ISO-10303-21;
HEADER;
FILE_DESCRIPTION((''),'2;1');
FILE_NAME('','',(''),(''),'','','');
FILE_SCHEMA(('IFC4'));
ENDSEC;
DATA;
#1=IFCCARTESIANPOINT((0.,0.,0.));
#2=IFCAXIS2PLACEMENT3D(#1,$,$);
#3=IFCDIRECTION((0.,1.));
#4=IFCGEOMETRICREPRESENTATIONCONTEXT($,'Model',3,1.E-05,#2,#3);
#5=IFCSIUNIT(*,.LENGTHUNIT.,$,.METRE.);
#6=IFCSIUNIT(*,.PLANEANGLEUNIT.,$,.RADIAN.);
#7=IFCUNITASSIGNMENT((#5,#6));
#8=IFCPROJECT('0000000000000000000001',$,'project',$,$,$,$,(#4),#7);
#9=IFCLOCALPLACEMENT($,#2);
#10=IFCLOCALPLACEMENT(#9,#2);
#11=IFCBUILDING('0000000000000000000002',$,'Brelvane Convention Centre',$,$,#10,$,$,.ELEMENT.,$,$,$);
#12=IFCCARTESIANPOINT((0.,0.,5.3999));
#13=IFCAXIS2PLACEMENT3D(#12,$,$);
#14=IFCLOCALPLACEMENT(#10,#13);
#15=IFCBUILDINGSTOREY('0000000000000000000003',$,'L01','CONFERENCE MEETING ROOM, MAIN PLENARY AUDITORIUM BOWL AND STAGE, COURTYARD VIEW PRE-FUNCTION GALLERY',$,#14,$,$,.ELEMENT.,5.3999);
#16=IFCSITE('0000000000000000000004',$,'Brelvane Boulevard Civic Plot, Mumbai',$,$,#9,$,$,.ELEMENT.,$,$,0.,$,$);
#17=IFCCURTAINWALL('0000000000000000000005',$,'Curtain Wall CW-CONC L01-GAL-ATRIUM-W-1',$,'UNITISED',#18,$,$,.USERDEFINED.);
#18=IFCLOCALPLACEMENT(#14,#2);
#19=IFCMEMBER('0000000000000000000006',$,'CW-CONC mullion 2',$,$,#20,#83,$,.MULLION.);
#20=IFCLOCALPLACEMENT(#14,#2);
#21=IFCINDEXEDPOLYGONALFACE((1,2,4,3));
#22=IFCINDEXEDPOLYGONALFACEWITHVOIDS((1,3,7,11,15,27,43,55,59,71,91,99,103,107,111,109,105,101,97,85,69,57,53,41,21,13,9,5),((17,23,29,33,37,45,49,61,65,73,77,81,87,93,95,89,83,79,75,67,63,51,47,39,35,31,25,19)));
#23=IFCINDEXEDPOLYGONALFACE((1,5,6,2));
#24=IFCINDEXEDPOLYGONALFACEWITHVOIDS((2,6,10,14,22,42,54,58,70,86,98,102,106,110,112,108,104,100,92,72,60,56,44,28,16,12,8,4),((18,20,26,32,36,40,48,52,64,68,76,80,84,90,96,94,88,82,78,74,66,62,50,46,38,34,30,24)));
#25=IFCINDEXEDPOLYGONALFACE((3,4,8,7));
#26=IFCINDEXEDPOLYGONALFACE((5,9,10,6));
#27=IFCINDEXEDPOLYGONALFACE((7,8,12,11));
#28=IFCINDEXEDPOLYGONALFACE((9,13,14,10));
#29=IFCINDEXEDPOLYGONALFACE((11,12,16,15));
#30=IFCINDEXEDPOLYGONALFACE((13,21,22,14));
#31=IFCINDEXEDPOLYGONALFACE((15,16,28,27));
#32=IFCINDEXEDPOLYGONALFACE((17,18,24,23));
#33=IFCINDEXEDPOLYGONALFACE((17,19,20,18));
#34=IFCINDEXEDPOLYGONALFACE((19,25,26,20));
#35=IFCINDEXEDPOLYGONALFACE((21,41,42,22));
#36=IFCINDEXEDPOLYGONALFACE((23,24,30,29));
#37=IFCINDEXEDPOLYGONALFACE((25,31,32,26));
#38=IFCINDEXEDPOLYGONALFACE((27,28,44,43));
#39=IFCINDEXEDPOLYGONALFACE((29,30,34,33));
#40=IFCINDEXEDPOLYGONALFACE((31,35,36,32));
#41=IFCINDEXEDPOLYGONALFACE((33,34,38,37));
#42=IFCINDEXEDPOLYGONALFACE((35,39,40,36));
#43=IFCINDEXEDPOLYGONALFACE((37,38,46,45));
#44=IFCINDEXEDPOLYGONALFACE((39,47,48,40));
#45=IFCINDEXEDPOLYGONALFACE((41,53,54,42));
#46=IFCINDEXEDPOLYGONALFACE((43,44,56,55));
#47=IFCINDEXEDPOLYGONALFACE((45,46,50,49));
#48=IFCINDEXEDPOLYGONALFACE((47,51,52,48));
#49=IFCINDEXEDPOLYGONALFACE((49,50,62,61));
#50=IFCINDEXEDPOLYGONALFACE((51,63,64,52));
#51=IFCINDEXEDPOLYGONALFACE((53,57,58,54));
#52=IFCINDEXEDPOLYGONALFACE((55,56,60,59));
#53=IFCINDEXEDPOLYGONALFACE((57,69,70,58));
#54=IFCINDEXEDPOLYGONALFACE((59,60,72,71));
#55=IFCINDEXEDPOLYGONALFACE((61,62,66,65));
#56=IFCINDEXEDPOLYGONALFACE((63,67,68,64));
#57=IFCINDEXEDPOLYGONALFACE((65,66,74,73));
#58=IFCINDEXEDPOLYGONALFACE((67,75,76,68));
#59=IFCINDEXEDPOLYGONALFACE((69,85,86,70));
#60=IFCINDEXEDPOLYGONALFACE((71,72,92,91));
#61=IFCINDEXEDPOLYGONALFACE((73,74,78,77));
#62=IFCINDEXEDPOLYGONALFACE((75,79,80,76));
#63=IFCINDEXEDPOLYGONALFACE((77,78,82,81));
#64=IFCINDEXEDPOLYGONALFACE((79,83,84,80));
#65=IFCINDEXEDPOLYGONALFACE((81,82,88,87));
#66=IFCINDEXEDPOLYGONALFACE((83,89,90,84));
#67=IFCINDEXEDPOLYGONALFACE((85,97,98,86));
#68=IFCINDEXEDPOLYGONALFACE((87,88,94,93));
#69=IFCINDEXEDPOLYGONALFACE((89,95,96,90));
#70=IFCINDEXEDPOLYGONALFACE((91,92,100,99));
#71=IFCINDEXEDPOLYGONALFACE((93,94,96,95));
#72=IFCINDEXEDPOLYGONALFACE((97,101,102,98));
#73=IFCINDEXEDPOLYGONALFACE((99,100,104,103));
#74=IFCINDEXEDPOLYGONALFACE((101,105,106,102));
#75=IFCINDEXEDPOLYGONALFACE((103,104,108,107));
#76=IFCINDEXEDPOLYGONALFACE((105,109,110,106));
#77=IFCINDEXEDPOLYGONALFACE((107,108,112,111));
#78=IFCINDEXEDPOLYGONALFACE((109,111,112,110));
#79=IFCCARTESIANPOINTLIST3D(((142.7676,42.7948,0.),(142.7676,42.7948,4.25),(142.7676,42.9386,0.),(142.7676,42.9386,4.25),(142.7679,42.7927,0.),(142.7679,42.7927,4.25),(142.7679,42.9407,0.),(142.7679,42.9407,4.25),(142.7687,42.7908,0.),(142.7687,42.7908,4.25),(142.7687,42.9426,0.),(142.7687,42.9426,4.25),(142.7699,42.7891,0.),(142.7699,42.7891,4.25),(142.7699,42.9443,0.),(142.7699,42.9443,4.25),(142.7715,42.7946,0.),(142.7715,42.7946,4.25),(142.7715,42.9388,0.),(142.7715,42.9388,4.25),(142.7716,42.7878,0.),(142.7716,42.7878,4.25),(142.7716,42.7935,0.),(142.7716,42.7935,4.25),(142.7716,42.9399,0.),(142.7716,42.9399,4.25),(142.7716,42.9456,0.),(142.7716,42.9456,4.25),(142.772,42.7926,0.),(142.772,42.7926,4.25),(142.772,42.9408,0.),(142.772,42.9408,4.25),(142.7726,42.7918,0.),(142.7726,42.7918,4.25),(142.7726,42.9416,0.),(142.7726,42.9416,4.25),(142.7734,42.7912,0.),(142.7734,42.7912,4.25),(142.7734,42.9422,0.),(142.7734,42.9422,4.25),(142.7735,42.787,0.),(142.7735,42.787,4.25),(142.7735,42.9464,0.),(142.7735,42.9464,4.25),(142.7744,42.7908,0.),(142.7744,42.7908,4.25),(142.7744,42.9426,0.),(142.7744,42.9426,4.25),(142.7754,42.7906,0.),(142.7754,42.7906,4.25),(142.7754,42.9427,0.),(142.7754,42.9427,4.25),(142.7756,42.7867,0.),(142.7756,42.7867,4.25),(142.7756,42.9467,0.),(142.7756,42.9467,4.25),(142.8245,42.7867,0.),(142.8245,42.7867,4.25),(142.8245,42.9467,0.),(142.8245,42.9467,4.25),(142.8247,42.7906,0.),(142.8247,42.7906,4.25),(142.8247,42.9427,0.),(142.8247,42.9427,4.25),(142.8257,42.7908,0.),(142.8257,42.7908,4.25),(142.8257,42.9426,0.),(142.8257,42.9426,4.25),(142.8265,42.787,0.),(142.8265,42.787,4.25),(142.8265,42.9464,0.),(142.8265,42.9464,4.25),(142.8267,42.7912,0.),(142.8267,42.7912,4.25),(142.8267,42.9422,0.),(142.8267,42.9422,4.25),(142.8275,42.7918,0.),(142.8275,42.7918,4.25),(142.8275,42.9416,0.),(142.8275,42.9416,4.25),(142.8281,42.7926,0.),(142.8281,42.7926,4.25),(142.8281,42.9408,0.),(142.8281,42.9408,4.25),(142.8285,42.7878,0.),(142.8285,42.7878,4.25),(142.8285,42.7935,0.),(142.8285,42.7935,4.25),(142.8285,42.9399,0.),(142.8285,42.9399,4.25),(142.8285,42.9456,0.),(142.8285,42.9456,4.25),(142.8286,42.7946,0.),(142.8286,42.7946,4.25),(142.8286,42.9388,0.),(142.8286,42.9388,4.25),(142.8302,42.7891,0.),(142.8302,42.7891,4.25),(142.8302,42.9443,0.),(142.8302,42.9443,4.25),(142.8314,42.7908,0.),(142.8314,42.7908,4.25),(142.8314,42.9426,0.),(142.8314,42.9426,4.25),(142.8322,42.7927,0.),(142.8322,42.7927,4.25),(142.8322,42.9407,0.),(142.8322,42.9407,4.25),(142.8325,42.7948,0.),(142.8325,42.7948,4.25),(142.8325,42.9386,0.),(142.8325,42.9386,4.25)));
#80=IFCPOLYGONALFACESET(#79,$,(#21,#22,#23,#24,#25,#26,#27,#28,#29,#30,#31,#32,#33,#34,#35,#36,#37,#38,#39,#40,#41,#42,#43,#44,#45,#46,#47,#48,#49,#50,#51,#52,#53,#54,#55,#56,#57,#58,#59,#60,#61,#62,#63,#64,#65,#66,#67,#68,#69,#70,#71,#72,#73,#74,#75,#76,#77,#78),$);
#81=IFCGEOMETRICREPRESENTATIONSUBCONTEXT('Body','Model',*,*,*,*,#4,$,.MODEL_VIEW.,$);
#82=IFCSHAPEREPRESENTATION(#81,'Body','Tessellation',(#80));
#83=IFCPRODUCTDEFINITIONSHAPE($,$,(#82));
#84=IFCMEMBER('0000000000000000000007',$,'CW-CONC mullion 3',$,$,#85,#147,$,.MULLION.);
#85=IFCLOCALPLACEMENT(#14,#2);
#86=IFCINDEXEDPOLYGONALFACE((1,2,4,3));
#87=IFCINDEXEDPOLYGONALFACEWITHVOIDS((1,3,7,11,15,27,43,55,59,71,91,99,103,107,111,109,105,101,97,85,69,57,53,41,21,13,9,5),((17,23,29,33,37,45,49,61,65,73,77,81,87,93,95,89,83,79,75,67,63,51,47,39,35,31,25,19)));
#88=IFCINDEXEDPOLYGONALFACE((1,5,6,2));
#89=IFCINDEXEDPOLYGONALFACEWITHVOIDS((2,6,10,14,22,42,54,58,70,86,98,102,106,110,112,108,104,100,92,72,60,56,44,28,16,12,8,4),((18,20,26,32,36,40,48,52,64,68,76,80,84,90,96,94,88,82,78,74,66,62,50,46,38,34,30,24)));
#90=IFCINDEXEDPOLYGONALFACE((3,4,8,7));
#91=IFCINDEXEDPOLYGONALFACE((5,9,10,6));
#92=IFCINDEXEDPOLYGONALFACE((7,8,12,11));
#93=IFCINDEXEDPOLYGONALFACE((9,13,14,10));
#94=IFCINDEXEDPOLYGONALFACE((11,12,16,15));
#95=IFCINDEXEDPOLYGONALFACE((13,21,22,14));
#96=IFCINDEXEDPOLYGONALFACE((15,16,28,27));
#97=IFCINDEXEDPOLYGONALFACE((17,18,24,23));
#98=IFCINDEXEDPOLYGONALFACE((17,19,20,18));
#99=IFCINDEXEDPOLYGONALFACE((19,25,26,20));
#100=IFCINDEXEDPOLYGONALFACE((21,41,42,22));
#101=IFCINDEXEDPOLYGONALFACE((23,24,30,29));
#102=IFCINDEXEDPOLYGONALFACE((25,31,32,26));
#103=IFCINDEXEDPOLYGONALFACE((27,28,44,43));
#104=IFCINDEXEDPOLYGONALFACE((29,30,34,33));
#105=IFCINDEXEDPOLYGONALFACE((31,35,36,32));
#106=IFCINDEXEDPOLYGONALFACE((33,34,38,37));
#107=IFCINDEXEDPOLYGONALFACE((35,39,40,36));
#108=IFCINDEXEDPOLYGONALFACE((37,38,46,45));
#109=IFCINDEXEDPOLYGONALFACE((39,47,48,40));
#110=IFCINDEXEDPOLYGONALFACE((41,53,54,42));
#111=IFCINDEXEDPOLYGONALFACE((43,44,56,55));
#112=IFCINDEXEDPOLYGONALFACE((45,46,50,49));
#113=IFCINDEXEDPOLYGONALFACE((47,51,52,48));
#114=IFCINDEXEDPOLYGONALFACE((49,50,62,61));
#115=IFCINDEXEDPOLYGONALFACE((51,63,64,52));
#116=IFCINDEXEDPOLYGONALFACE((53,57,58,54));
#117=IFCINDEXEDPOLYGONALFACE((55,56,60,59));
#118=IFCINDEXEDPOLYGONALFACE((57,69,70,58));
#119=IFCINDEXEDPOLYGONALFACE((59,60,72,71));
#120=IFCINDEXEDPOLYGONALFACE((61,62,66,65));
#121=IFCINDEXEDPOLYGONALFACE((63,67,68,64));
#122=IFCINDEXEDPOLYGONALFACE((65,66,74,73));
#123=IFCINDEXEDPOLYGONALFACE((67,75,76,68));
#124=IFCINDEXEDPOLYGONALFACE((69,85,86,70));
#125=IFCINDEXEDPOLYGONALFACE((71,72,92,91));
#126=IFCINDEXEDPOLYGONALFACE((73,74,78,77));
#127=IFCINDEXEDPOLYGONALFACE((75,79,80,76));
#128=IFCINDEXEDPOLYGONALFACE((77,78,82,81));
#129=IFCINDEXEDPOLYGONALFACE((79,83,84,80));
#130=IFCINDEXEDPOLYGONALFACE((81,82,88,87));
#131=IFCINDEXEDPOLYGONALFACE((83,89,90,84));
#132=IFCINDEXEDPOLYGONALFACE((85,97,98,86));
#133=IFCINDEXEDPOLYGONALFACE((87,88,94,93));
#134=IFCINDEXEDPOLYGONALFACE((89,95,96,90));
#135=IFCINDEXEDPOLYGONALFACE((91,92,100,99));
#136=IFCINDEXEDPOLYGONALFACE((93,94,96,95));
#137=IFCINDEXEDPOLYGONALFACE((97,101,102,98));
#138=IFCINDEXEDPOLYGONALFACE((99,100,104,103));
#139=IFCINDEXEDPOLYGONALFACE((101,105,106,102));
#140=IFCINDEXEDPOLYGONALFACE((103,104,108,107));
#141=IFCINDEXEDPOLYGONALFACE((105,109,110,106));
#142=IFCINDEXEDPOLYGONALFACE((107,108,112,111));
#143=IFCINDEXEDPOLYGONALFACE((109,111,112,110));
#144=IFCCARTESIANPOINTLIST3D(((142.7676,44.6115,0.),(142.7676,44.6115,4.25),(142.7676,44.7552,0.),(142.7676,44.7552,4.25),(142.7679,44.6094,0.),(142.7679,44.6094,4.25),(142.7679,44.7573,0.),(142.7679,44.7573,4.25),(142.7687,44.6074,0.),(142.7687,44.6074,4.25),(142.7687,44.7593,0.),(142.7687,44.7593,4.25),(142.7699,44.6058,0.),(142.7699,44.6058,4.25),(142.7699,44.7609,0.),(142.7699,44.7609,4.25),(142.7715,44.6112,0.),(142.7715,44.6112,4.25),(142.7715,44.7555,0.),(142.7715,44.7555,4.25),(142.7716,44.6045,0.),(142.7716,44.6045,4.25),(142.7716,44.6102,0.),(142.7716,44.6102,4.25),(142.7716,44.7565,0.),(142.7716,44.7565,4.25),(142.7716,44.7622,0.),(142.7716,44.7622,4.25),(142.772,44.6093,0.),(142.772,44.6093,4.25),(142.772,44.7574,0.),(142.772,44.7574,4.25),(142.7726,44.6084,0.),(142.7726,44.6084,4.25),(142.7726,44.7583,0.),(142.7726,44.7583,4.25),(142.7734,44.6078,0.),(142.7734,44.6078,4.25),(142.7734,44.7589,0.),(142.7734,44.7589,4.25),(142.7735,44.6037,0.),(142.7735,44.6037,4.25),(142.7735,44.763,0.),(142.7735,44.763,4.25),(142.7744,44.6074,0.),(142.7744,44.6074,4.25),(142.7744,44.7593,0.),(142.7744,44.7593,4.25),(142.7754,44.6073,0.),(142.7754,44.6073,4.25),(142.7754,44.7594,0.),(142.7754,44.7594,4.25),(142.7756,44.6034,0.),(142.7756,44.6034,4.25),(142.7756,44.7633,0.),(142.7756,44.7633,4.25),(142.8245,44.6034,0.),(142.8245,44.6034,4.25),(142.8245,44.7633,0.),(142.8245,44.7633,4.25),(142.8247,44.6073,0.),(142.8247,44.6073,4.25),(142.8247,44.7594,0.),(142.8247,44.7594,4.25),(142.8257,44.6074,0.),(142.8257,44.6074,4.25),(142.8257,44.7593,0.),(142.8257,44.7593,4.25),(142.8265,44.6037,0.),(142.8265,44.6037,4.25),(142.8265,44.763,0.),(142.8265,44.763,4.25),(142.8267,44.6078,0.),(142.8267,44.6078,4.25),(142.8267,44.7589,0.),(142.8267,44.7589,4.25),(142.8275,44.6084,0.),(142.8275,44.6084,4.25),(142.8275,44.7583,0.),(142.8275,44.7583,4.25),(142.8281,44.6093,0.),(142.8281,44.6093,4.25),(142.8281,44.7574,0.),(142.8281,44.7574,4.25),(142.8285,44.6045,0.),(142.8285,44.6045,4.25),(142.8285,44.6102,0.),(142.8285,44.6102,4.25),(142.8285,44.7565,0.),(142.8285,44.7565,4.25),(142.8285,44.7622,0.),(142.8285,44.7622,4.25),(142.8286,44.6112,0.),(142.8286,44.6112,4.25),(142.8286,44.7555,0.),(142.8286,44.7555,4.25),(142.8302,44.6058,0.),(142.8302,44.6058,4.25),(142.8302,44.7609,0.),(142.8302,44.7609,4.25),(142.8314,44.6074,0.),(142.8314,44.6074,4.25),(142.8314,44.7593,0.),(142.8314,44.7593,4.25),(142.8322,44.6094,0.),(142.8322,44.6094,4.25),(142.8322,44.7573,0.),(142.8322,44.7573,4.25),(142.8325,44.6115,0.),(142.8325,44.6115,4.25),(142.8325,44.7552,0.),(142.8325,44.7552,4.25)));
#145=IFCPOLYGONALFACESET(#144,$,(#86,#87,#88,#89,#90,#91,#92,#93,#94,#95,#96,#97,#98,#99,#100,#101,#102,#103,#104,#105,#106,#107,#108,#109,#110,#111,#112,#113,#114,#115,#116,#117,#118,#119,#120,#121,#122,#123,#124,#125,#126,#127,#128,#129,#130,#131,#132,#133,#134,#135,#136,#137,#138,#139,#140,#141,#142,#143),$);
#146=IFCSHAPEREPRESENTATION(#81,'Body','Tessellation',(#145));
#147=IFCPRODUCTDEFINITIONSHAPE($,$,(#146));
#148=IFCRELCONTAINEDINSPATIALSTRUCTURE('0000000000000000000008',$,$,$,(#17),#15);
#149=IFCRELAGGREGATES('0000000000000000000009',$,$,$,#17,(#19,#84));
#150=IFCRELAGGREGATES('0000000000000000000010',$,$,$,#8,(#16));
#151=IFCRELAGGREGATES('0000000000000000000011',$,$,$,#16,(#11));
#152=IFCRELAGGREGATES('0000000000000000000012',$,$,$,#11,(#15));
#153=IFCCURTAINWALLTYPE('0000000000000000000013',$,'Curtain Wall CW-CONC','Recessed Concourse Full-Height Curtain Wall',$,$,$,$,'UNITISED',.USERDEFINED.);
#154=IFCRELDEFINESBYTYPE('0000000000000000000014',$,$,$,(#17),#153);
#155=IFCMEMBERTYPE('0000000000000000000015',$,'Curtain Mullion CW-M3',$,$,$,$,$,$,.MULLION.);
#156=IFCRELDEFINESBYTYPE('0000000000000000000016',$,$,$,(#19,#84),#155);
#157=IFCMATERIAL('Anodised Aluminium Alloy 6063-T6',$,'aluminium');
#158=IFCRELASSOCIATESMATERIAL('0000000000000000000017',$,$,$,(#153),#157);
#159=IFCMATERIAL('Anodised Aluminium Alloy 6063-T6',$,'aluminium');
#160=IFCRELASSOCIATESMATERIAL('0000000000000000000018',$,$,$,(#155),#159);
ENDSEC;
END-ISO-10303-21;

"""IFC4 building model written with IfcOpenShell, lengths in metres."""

from ifc_helpers import new_model, si_unit, direction, frame, origin, origin_2d, place, context, subcontext, project, spatial, hollow_rectangle, extrude, material, material_profile, profile_set, type_object, element, aggregate, save


model = new_model("IFC4")

# Units and contexts
model_context = context("Model", 3, precision=1e-05, world=origin(), true_north=direction((0.0, 1.0)))
body_context = subcontext(model_context, "Body", "Model", "MODEL_VIEW")
ifc_project = project(units=[si_unit("LENGTHUNIT", "METRE"), si_unit("PLANEANGLEUNIT", "RADIAN")], contexts=[model_context])

# Site, building, storey
site_placement = place(None, origin())
site = spatial("IfcSite", under=ifc_project, at=site_placement, Name="Brelvane Boulevard Civic Plot, Mumbai", CompositionType="ELEMENT", RefElevation=0.0)
building_placement = place(site_placement, origin())
building = spatial("IfcBuilding", under=site, at=building_placement, Name="Brelvane Convention Centre", CompositionType="ELEMENT")
storey_placement = place(building_placement, frame((0.0, 0.0, 5.3999)))
storey = spatial("IfcBuildingStorey", under=building, at=storey_placement, Name="L01", Description="CONFERENCE MEETING ROOM, MAIN PLENARY AUDITORIUM BOWL AND STAGE, COURTYARD VIEW PRE-FUNCTION GALLERY", CompositionType="ELEMENT", Elevation=5.3999)

# Curtain wall, members
ifc_material_1 = material(Name="Anodised Aluminium Alloy 6063-T6", Category="aluminium")
curtain_wall_type = type_object("IfcCurtainWallType", Name="Curtain Wall CW-CONC", Description="Recessed Concourse Full-Height Curtain Wall", ElementType="UNITISED", PredefinedType="USERDEFINED", material=ifc_material_1)
curtain_wall_placement = place(storey_placement, origin())
curtain_wall = element("IfcCurtainWall", 1, at=curtain_wall_placement, inside=storey, type_object=curtain_wall_type, Name="Curtain Wall CW-CONC L01-GAL-ATRIUM-W-1", ObjectType="UNITISED", PredefinedType="USERDEFINED")
ifc_material_2 = material(Name="Anodised Aluminium Alloy 6063-T6", Category="aluminium")
ifc_material_profile_1 = material_profile(ifc_material_2, hollow_rectangle(XDim=0.0649, YDim=0.1599, WallThickness=0.0039, InnerFilletRadius=0.0039, OuterFilletRadius=0.0081, at=origin_2d()), Name="ALU-M 160x65x4.0")
ifc_profile_set_1 = profile_set([ifc_material_profile_1], Name="Anodised Aluminium Alloy 6063-T6")
member_type_1 = type_object("IfcMemberType", Name="Curtain Mullion CW-M3", PredefinedType="MULLION", material=ifc_profile_set_1)
member_1_placement = place(storey_placement, frame((142.8, 42.8667, 0.0), z_axis=(0.0, 0.0, 1.0), x_axis=(-1.0, 0.0, 0.0)))
member_1 = element("IfcMember", 2, at=member_1_placement, type_object=member_type_1, Name="CW-CONC mullion 2", PredefinedType="MULLION", context=body_context, shape_type="SweptSolid", body=[
    extrude(hollow_rectangle(XDim=0.0649, YDim=0.1599, WallThickness=0.0039, InnerFilletRadius=0.0039, OuterFilletRadius=0.0081, at=origin_2d()), origin(), (0.0, 0.0, 1.0), 4.25),
])
member_2_placement = place(storey_placement, frame((142.8, 44.6833, 0.0), z_axis=(0.0, 0.0, 1.0), x_axis=(-1.0, 0.0, 0.0)))
member_2 = element("IfcMember", 3, at=member_2_placement, type_object=member_type_1, Name="CW-CONC mullion 3", PredefinedType="MULLION", context=body_context, shape_type="SweptSolid", body=[
    extrude(hollow_rectangle(XDim=0.0649, YDim=0.1599, WallThickness=0.0039, InnerFilletRadius=0.0039, OuterFilletRadius=0.0081, at=origin_2d()), origin(), (0.0, 0.0, 1.0), 4.25),
])

aggregate(curtain_wall, [member_1, member_2])

save(model, "model.ifc")
